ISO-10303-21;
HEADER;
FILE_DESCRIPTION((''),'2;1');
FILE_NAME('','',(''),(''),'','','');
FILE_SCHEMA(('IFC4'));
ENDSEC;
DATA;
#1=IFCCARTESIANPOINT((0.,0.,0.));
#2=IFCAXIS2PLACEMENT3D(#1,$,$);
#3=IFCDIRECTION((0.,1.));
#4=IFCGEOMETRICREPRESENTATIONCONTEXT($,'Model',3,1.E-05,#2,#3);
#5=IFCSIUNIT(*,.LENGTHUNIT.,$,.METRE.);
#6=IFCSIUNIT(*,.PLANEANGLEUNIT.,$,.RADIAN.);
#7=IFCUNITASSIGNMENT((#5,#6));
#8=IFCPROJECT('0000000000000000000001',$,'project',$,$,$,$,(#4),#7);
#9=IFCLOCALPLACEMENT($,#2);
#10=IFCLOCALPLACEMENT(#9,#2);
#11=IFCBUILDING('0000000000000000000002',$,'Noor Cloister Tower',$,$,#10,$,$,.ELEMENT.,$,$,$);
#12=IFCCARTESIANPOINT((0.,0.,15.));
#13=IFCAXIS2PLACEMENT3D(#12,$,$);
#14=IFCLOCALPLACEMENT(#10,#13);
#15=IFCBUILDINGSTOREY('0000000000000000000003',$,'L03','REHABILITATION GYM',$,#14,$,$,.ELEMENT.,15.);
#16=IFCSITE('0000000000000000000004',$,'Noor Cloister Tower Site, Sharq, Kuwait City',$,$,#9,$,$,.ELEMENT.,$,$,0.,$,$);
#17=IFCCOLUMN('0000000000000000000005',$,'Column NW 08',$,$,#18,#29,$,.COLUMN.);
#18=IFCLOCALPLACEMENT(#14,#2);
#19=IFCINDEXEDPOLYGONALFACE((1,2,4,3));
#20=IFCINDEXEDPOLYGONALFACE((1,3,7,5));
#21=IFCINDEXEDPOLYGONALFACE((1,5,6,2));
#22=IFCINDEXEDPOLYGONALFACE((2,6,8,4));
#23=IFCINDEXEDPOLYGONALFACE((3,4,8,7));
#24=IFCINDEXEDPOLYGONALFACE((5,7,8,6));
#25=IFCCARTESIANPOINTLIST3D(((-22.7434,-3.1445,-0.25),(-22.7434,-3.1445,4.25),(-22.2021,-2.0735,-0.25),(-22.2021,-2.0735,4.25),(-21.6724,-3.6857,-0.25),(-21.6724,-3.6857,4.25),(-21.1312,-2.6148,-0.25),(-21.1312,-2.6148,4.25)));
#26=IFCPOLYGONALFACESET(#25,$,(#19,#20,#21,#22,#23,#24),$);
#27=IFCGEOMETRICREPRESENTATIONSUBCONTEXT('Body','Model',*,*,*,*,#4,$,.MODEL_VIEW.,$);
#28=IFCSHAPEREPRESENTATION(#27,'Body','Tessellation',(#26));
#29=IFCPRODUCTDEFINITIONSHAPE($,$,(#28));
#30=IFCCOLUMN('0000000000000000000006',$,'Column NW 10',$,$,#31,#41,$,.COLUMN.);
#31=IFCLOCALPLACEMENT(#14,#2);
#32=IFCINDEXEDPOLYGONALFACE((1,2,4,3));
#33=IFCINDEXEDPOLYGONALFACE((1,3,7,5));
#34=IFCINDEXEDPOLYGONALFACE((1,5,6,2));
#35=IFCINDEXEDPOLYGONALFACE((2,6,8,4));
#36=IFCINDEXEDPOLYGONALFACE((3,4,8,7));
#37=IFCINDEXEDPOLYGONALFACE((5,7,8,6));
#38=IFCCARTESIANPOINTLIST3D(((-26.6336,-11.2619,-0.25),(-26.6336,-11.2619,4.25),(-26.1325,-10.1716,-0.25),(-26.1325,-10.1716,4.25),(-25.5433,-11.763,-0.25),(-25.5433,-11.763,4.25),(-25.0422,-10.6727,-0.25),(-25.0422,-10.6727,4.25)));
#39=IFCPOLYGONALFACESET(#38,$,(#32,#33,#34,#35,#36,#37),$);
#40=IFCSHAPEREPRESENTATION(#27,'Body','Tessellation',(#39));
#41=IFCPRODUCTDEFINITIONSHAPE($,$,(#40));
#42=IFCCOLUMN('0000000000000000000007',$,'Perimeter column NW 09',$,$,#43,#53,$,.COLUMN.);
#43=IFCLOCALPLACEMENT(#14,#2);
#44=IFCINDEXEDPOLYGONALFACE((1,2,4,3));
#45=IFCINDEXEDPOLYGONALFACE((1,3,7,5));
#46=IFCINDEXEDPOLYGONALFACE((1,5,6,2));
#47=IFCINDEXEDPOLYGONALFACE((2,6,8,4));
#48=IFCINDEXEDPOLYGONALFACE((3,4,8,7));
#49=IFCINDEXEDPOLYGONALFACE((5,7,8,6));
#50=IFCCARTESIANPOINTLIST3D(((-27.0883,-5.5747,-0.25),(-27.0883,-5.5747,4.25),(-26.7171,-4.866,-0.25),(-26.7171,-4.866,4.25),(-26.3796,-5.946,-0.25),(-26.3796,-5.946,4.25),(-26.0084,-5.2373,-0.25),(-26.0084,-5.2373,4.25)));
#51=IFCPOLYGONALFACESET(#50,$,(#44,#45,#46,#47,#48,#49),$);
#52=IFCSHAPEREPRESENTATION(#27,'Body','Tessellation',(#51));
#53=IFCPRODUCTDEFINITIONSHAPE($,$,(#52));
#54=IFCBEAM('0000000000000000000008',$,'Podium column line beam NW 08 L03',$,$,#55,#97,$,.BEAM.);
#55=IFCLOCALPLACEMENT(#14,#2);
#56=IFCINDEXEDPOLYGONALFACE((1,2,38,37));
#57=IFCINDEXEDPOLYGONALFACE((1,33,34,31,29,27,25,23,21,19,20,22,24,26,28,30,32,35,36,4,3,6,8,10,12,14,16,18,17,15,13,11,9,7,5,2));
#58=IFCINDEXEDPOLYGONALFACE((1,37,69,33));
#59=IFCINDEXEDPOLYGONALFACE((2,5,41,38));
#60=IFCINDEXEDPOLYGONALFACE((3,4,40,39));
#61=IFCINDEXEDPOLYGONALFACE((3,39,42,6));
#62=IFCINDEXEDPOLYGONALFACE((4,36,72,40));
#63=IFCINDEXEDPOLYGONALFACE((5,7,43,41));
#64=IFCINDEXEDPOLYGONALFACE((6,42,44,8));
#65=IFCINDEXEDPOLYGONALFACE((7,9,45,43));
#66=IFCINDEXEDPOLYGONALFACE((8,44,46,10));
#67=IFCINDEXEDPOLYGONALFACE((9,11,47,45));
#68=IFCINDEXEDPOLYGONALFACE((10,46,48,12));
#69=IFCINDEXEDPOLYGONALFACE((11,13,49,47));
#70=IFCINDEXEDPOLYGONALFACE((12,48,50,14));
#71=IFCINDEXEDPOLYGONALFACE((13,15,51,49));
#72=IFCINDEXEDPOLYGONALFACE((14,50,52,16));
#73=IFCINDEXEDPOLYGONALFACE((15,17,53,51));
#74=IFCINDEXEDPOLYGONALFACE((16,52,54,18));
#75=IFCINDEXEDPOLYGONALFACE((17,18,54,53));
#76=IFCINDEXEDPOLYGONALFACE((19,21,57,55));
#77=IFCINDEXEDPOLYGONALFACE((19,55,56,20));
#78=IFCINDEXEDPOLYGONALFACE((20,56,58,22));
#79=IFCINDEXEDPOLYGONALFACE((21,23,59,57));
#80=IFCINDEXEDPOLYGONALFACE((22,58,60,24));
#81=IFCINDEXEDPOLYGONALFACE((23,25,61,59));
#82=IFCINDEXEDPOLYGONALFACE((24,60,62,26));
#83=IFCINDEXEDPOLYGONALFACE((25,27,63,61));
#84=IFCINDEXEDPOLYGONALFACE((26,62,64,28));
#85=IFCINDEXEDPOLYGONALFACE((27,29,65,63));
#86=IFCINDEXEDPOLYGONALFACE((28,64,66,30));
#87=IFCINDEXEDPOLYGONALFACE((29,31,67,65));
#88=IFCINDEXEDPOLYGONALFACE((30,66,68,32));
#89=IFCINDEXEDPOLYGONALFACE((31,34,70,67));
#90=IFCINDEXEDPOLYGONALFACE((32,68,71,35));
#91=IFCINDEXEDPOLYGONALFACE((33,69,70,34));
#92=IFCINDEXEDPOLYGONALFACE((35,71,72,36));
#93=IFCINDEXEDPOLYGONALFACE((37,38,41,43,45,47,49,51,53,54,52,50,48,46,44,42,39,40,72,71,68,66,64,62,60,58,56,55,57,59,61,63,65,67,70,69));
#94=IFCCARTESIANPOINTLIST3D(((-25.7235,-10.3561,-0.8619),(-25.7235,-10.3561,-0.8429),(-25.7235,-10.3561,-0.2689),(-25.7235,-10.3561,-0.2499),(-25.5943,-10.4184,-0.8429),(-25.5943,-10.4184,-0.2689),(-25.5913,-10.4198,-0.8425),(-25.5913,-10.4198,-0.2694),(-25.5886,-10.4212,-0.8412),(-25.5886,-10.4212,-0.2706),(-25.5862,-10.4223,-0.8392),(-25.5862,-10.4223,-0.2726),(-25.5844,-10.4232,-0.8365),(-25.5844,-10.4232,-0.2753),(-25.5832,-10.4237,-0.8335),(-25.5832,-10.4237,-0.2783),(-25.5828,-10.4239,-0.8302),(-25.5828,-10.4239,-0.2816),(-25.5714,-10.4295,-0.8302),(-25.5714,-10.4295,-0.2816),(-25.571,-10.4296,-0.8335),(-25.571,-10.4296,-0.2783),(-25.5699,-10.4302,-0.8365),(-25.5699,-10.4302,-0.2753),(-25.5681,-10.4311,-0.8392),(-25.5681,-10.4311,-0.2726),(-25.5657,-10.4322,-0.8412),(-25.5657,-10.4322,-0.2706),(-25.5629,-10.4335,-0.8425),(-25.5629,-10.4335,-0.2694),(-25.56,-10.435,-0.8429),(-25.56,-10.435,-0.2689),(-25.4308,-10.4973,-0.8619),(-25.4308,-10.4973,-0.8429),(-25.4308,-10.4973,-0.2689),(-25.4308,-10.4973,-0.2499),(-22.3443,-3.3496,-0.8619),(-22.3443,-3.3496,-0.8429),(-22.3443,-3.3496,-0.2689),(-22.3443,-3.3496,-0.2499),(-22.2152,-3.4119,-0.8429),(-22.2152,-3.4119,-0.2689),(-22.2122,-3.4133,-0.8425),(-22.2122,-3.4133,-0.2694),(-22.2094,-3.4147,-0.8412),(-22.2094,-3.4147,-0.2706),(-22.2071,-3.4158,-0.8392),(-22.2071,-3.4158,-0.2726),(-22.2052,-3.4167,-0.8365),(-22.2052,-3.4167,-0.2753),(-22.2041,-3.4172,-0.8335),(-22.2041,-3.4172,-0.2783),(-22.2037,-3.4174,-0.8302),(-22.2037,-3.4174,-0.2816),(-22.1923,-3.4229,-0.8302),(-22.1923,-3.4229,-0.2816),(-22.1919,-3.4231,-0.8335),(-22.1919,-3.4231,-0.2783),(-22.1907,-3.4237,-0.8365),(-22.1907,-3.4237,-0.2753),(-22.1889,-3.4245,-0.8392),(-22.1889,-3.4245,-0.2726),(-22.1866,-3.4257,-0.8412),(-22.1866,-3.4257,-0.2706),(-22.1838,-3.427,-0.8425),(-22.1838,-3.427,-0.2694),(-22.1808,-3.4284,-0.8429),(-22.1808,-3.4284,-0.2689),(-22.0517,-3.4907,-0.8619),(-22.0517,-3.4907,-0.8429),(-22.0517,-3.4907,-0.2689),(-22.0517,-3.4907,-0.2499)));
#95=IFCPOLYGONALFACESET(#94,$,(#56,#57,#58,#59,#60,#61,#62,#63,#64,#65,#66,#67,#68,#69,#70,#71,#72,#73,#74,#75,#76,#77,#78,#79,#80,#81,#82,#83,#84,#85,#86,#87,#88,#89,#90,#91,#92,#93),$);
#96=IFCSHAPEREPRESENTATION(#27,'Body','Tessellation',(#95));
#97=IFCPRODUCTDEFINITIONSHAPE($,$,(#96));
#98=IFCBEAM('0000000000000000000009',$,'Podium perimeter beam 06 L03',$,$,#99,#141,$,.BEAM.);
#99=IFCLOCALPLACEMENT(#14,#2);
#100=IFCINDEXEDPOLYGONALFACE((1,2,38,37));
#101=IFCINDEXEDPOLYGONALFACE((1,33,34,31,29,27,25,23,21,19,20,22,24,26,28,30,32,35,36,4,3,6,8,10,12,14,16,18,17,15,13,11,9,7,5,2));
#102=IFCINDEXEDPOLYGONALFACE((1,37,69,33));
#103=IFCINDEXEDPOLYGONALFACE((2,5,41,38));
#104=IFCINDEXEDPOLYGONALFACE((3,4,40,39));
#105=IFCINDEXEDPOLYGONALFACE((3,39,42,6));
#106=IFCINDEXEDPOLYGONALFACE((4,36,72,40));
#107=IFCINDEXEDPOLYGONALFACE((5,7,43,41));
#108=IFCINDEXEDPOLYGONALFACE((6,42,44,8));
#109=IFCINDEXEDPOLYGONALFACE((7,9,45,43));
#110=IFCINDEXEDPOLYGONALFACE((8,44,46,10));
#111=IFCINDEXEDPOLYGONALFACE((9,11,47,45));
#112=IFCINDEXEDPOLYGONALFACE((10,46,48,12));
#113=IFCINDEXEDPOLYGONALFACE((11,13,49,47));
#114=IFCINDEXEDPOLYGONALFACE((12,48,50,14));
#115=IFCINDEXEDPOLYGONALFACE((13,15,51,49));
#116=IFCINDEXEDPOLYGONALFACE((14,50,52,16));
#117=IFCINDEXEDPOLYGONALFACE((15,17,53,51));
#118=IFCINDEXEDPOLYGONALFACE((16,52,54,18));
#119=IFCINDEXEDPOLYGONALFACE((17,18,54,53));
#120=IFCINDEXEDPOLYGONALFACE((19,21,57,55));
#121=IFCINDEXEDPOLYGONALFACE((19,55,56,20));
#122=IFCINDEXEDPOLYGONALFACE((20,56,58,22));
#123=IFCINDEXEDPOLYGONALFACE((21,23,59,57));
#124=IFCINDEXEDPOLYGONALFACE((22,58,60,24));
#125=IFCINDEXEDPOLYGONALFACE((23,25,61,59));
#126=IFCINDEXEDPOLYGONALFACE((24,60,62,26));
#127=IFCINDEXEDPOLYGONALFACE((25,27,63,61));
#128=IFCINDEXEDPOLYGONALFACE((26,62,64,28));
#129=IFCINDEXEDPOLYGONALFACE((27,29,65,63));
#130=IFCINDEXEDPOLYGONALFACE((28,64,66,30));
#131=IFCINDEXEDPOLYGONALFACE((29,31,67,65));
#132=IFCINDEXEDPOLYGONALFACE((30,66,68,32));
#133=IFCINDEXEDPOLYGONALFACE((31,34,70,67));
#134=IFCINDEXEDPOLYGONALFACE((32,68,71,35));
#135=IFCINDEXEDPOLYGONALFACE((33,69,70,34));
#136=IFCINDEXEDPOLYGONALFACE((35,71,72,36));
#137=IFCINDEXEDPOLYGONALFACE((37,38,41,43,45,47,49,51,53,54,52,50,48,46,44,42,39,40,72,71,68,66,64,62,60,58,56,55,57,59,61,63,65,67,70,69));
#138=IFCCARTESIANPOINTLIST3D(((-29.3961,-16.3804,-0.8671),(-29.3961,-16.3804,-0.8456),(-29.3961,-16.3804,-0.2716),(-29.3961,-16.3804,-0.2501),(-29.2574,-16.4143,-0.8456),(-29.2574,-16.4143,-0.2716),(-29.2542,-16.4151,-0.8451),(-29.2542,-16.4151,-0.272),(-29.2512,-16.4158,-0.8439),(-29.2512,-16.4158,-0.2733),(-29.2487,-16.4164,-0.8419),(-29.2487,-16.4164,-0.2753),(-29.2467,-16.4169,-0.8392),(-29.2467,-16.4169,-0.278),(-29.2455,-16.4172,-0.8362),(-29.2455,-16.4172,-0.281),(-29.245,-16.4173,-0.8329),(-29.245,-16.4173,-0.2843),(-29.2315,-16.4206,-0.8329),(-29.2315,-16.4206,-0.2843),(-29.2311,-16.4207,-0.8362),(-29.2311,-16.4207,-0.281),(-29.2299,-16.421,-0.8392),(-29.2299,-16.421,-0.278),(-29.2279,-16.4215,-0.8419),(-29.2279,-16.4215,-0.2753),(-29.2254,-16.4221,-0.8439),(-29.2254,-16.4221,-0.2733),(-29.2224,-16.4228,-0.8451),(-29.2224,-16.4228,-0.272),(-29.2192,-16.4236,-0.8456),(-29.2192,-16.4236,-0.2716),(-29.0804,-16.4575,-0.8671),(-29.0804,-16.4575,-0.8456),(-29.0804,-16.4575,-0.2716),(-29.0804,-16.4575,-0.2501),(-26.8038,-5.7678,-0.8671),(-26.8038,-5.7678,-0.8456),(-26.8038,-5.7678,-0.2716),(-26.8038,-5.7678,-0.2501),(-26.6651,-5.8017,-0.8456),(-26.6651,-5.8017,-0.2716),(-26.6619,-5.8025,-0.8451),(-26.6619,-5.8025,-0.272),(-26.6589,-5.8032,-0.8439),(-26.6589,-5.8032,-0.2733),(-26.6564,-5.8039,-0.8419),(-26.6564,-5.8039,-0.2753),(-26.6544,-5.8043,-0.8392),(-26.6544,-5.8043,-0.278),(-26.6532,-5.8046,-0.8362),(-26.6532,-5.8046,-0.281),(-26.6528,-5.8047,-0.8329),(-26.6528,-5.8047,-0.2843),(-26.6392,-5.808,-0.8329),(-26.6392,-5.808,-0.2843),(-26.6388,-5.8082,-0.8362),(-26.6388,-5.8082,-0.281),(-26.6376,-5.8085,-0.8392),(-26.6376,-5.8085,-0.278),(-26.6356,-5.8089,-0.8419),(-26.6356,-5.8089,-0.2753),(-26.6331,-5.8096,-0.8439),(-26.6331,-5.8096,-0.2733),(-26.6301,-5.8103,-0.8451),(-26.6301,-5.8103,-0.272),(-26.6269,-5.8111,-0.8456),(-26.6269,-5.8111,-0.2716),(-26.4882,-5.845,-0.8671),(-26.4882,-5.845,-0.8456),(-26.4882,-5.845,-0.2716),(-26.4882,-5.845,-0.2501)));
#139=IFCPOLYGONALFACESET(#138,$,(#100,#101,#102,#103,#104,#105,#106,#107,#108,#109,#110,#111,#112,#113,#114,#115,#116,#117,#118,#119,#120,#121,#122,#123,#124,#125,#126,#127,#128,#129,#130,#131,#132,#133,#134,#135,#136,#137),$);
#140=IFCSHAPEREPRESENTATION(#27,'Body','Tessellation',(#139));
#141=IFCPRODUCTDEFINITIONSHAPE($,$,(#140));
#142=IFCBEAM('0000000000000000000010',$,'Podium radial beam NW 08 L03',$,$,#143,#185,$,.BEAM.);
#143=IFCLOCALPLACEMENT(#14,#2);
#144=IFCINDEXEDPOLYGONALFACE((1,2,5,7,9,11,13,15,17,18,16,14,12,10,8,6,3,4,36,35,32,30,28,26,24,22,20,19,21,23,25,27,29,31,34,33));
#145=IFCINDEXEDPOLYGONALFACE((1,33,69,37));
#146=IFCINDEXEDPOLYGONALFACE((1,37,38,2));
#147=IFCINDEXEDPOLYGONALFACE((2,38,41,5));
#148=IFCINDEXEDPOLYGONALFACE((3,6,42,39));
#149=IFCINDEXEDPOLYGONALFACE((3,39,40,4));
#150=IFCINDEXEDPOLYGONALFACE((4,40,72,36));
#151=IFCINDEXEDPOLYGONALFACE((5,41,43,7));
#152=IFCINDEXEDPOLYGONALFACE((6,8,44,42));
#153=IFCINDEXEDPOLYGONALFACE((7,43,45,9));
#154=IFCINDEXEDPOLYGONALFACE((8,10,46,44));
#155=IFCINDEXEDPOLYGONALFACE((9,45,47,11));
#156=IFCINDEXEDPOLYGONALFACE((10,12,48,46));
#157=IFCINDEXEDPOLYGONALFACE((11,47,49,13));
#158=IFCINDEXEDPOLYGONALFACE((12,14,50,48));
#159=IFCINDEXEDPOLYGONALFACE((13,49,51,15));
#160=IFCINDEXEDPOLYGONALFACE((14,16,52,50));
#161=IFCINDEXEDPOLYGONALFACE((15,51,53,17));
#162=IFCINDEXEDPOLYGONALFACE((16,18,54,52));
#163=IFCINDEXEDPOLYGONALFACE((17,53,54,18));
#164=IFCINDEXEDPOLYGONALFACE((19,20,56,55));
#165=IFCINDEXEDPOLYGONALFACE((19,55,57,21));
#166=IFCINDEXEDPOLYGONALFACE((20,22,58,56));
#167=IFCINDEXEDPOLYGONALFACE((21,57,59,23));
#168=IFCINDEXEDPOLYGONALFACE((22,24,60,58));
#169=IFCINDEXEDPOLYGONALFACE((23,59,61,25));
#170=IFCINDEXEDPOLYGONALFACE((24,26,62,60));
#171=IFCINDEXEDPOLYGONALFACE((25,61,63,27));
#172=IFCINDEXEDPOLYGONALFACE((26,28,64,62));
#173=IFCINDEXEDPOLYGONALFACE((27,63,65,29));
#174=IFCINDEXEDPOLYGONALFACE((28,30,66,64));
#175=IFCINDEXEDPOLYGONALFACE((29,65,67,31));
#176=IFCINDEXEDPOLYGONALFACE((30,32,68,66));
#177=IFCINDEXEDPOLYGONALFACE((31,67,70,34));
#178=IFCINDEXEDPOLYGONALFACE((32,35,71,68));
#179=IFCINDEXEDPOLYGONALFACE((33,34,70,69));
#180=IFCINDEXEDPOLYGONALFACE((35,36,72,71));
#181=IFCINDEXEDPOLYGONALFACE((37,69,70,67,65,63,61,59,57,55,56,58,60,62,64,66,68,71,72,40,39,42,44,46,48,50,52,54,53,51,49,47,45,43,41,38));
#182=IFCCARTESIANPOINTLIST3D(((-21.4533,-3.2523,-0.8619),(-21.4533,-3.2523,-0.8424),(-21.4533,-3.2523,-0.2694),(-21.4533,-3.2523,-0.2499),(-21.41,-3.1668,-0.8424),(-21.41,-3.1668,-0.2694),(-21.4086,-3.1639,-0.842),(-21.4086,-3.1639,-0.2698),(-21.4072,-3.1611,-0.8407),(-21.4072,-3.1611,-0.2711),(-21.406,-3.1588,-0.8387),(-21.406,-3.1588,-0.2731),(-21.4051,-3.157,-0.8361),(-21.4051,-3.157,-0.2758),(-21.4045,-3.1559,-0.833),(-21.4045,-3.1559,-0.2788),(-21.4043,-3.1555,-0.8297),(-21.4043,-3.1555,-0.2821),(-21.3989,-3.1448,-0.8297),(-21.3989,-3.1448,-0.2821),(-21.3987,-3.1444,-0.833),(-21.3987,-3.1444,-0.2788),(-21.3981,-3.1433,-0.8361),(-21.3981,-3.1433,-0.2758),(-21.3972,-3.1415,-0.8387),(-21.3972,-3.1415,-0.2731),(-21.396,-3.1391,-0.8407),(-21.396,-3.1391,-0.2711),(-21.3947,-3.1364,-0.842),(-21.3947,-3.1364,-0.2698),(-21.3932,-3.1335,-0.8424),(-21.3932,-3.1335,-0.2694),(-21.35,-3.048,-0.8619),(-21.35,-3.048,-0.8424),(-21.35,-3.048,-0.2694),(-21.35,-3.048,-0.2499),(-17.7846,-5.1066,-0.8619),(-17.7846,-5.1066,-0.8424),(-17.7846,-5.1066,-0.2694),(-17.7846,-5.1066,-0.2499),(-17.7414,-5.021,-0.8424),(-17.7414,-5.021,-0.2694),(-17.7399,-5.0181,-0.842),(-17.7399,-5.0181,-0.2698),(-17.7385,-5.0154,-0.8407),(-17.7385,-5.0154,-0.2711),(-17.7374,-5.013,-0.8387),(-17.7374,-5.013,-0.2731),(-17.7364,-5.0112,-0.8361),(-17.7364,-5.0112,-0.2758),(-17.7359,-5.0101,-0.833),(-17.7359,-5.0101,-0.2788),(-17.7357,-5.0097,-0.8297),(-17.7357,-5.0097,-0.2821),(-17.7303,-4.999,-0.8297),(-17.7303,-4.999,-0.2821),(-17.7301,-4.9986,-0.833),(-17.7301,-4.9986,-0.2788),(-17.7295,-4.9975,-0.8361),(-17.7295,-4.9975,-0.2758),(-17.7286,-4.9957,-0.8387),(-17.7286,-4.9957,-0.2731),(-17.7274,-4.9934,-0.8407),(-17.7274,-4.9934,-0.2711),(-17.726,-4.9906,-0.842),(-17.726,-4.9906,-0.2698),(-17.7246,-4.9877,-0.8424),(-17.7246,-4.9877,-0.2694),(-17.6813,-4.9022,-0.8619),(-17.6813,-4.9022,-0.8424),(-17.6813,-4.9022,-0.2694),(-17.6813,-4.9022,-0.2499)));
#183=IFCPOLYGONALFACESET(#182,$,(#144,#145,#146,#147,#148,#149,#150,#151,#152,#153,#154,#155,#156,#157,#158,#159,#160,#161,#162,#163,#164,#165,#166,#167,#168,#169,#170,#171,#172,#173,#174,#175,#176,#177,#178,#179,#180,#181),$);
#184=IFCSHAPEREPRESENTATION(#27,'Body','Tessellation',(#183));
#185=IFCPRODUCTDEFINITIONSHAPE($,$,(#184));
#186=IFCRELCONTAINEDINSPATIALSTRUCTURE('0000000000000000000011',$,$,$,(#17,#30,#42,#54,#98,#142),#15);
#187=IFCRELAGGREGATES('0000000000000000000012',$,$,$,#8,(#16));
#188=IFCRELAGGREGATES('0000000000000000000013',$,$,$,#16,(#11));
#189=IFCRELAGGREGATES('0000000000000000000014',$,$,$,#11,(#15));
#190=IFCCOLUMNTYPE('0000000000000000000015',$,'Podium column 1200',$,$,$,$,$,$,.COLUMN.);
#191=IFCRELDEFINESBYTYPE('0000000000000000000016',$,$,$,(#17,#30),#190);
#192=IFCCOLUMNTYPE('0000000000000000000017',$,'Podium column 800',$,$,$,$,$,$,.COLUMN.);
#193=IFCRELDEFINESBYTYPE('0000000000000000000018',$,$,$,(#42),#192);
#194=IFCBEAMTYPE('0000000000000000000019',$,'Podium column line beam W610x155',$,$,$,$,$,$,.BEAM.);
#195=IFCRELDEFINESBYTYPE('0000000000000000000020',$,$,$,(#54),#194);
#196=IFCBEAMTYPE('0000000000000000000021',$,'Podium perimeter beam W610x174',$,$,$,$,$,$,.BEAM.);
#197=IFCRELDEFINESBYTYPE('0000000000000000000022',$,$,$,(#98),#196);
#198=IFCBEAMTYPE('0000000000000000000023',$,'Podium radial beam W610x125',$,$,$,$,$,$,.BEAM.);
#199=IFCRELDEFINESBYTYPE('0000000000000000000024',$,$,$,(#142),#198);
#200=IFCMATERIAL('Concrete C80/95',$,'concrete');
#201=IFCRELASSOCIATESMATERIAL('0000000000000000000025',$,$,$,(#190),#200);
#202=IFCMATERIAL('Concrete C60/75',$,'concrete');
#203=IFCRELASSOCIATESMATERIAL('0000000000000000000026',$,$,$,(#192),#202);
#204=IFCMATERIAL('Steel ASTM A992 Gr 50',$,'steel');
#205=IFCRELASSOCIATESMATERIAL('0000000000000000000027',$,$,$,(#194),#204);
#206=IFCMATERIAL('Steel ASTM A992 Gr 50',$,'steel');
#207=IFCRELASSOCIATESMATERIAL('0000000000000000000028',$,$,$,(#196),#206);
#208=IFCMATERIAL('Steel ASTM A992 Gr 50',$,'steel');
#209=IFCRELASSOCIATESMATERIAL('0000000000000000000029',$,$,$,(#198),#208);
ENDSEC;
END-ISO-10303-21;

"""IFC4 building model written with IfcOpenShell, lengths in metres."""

from ifc_helpers import new_model, si_unit, direction, frame, origin, origin_2d, place, context, subcontext, project, spatial, rectangle, i_section, extrude, material, material_profile, profile_set, type_object, element, save


model = new_model("IFC4")

# Units and contexts
model_context = context("Model", 3, precision=1e-05, world=origin(), true_north=direction((0.0, 1.0)))
body_context = subcontext(model_context, "Body", "Model", "MODEL_VIEW")
ifc_project = project(units=[si_unit("LENGTHUNIT", "METRE"), si_unit("PLANEANGLEUNIT", "RADIAN")], contexts=[model_context])

# Site, building, storey
site_placement = place(None, origin())
site = spatial("IfcSite", under=ifc_project, at=site_placement, Name="Noor Cloister Tower Site, Sharq, Kuwait City", CompositionType="ELEMENT", RefElevation=0.0)
building_placement = place(site_placement, origin())
building = spatial("IfcBuilding", under=site, at=building_placement, Name="Noor Cloister Tower", CompositionType="ELEMENT")
storey_placement = place(building_placement, frame((0.0, 0.0, 15.0)))
storey = spatial("IfcBuildingStorey", under=building, at=storey_placement, Name="L03", Description="REHABILITATION GYM", CompositionType="ELEMENT", Elevation=15.0)

# Columns
ifc_material_1 = material(Name="Concrete C80/95", Category="concrete")
ifc_material_profile_1 = material_profile(ifc_material_1, rectangle(XDim=1.2, YDim=1.2, at=origin_2d()), Name="Podium column 1200")
ifc_profile_set_1 = profile_set([ifc_material_profile_1], Name="Concrete C80/95")
column_type_1 = type_object("IfcColumnType", Name="Podium column 1200", PredefinedType="COLUMN", material=ifc_profile_set_1)
for number, where, z_axis, x_axis, name in (
    (1, (-21.9373, -2.8796, -0.25), (0.0, 0.0, 1.0), (-0.892501, 0.451046, 0.0), "Column NW 08"),
    (2, (-25.8379, -10.9673, -0.25), (0.0, 0.0, 1.0), (-0.90862, 0.417624, 0.0), "Column NW 10"),
):
    element("IfcColumn", number, at=place(storey_placement, frame(where, z_axis=z_axis, x_axis=x_axis)), inside=storey, type_object=column_type_1, Name=name, PredefinedType="COLUMN", context=body_context, shape_type="SweptSolid", body=[
        extrude(rectangle(XDim=1.2, YDim=1.2, at=origin_2d()), origin(), (0.0, 0.0, 1.0), 4.5),
    ])
ifc_material_2 = material(Name="Concrete C60/75", Category="concrete")
ifc_material_profile_2 = material_profile(ifc_material_2, rectangle(XDim=0.8, YDim=0.8, at=origin_2d()), Name="Podium column 800")
ifc_profile_set_2 = profile_set([ifc_material_profile_2], Name="Concrete C60/75")
column_type_2 = type_object("IfcColumnType", Name="Podium column 800", PredefinedType="COLUMN", material=ifc_profile_set_2)
column_placement = place(storey_placement, frame((-26.5483, -5.406, -0.25), z_axis=(0.0, 0.0, 1.0), x_axis=(-0.885828, 0.464014, 0.0)))
element("IfcColumn", 3, at=column_placement, inside=storey, type_object=column_type_2, Name="Perimeter column NW 09", PredefinedType="COLUMN", context=body_context, shape_type="SweptSolid", body=[
    extrude(rectangle(XDim=0.8, YDim=0.8, at=origin_2d()), origin(), (0.0, 0.0, 1.0), 4.5),
])

# Beams
ifc_material_3 = material(Name="Steel ASTM A992 Gr 50", Category="steel")
ifc_material_profile_3 = material_profile(ifc_material_3, i_section(OverallWidth=0.325, OverallDepth=0.6121, WebThickness=0.0127, FlangeThickness=0.019, FilletRadius=0.0127, at=origin_2d()), Name="W610x155")
ifc_profile_set_3 = profile_set([ifc_material_profile_3], Name="Steel ASTM A992 Gr 50")
beam_type_1 = type_object("IfcBeamType", Name="Podium column line beam W610x155", PredefinedType="BEAM", material=ifc_profile_set_3)
beam_1_placement = place(storey_placement, frame((-22.198, -3.4202, -0.5559), z_axis=(-0.434401, -0.90072, 0.0), x_axis=(0.90072, -0.434401, 0.0)))
element("IfcBeam", 4, at=beam_1_placement, inside=storey, type_object=beam_type_1, Name="Podium column line beam NW 08 L03", PredefinedType="BEAM", context=body_context, shape_type="SweptSolid", body=[
    extrude(i_section(OverallWidth=0.325, OverallDepth=0.6121, WebThickness=0.0127, FlangeThickness=0.019, FilletRadius=0.0127, at=origin_2d()), origin(), (0.0, 0.0, 1.0), 7.7788),
])
ifc_material_4 = material(Name="Steel ASTM A992 Gr 50", Category="steel")
ifc_material_profile_4 = material_profile(ifc_material_4, i_section(OverallWidth=0.325, OverallDepth=0.6169, WebThickness=0.0139, FlangeThickness=0.0215, FilletRadius=0.0127, at=origin_2d()), Name="W610x174")
ifc_profile_set_4 = profile_set([ifc_material_profile_4], Name="Steel ASTM A992 Gr 50")
beam_type_2 = type_object("IfcBeamType", Name="Podium perimeter beam W610x174", PredefinedType="BEAM", material=ifc_profile_set_4)
beam_2_placement = place(storey_placement, frame((-26.646, -5.8064, -0.5586), z_axis=(-0.23729, -0.971439, 0.0), x_axis=(0.971439, -0.23729, 0.0)))
element("IfcBeam", 5, at=beam_2_placement, inside=storey, type_object=beam_type_2, Name="Podium perimeter beam 06 L03", PredefinedType="BEAM", context=body_context, shape_type="SweptSolid", body=[
    extrude(i_section(OverallWidth=0.325, OverallDepth=0.6169, WebThickness=0.0139, FlangeThickness=0.0215, FilletRadius=0.0127, at=origin_2d()), origin(), (0.0, 0.0, 1.0), 10.9246),
])
ifc_material_5 = material(Name="Steel ASTM A992 Gr 50", Category="steel")
ifc_material_profile_5 = material_profile(ifc_material_5, i_section(OverallWidth=0.229, OverallDepth=0.6121, WebThickness=0.012, FlangeThickness=0.0195, FilletRadius=0.0127, at=origin_2d()), Name="W610x125")
ifc_profile_set_5 = profile_set([ifc_material_profile_5], Name="Steel ASTM A992 Gr 50")
beam_type_3 = type_object("IfcBeamType", Name="Podium radial beam W610x125", PredefinedType="BEAM", material=ifc_profile_set_5)
beam_3_placement = place(storey_placement, frame((-21.4016, -3.1501, -0.5559), z_axis=(0.892483, -0.451082, 0.0), x_axis=(0.451082, 0.892483, 0.0)))
element("IfcBeam", 6, at=beam_3_placement, inside=storey, type_object=beam_type_3, Name="Podium radial beam NW 08 L03", PredefinedType="BEAM", context=body_context, shape_type="SweptSolid", body=[
    extrude(i_section(OverallWidth=0.229, OverallDepth=0.6121, WebThickness=0.012, FlangeThickness=0.0195, FilletRadius=0.0127, at=origin_2d()), origin(), (0.0, 0.0, 1.0), 4.1106),
])

save(model, "model.ifc")
